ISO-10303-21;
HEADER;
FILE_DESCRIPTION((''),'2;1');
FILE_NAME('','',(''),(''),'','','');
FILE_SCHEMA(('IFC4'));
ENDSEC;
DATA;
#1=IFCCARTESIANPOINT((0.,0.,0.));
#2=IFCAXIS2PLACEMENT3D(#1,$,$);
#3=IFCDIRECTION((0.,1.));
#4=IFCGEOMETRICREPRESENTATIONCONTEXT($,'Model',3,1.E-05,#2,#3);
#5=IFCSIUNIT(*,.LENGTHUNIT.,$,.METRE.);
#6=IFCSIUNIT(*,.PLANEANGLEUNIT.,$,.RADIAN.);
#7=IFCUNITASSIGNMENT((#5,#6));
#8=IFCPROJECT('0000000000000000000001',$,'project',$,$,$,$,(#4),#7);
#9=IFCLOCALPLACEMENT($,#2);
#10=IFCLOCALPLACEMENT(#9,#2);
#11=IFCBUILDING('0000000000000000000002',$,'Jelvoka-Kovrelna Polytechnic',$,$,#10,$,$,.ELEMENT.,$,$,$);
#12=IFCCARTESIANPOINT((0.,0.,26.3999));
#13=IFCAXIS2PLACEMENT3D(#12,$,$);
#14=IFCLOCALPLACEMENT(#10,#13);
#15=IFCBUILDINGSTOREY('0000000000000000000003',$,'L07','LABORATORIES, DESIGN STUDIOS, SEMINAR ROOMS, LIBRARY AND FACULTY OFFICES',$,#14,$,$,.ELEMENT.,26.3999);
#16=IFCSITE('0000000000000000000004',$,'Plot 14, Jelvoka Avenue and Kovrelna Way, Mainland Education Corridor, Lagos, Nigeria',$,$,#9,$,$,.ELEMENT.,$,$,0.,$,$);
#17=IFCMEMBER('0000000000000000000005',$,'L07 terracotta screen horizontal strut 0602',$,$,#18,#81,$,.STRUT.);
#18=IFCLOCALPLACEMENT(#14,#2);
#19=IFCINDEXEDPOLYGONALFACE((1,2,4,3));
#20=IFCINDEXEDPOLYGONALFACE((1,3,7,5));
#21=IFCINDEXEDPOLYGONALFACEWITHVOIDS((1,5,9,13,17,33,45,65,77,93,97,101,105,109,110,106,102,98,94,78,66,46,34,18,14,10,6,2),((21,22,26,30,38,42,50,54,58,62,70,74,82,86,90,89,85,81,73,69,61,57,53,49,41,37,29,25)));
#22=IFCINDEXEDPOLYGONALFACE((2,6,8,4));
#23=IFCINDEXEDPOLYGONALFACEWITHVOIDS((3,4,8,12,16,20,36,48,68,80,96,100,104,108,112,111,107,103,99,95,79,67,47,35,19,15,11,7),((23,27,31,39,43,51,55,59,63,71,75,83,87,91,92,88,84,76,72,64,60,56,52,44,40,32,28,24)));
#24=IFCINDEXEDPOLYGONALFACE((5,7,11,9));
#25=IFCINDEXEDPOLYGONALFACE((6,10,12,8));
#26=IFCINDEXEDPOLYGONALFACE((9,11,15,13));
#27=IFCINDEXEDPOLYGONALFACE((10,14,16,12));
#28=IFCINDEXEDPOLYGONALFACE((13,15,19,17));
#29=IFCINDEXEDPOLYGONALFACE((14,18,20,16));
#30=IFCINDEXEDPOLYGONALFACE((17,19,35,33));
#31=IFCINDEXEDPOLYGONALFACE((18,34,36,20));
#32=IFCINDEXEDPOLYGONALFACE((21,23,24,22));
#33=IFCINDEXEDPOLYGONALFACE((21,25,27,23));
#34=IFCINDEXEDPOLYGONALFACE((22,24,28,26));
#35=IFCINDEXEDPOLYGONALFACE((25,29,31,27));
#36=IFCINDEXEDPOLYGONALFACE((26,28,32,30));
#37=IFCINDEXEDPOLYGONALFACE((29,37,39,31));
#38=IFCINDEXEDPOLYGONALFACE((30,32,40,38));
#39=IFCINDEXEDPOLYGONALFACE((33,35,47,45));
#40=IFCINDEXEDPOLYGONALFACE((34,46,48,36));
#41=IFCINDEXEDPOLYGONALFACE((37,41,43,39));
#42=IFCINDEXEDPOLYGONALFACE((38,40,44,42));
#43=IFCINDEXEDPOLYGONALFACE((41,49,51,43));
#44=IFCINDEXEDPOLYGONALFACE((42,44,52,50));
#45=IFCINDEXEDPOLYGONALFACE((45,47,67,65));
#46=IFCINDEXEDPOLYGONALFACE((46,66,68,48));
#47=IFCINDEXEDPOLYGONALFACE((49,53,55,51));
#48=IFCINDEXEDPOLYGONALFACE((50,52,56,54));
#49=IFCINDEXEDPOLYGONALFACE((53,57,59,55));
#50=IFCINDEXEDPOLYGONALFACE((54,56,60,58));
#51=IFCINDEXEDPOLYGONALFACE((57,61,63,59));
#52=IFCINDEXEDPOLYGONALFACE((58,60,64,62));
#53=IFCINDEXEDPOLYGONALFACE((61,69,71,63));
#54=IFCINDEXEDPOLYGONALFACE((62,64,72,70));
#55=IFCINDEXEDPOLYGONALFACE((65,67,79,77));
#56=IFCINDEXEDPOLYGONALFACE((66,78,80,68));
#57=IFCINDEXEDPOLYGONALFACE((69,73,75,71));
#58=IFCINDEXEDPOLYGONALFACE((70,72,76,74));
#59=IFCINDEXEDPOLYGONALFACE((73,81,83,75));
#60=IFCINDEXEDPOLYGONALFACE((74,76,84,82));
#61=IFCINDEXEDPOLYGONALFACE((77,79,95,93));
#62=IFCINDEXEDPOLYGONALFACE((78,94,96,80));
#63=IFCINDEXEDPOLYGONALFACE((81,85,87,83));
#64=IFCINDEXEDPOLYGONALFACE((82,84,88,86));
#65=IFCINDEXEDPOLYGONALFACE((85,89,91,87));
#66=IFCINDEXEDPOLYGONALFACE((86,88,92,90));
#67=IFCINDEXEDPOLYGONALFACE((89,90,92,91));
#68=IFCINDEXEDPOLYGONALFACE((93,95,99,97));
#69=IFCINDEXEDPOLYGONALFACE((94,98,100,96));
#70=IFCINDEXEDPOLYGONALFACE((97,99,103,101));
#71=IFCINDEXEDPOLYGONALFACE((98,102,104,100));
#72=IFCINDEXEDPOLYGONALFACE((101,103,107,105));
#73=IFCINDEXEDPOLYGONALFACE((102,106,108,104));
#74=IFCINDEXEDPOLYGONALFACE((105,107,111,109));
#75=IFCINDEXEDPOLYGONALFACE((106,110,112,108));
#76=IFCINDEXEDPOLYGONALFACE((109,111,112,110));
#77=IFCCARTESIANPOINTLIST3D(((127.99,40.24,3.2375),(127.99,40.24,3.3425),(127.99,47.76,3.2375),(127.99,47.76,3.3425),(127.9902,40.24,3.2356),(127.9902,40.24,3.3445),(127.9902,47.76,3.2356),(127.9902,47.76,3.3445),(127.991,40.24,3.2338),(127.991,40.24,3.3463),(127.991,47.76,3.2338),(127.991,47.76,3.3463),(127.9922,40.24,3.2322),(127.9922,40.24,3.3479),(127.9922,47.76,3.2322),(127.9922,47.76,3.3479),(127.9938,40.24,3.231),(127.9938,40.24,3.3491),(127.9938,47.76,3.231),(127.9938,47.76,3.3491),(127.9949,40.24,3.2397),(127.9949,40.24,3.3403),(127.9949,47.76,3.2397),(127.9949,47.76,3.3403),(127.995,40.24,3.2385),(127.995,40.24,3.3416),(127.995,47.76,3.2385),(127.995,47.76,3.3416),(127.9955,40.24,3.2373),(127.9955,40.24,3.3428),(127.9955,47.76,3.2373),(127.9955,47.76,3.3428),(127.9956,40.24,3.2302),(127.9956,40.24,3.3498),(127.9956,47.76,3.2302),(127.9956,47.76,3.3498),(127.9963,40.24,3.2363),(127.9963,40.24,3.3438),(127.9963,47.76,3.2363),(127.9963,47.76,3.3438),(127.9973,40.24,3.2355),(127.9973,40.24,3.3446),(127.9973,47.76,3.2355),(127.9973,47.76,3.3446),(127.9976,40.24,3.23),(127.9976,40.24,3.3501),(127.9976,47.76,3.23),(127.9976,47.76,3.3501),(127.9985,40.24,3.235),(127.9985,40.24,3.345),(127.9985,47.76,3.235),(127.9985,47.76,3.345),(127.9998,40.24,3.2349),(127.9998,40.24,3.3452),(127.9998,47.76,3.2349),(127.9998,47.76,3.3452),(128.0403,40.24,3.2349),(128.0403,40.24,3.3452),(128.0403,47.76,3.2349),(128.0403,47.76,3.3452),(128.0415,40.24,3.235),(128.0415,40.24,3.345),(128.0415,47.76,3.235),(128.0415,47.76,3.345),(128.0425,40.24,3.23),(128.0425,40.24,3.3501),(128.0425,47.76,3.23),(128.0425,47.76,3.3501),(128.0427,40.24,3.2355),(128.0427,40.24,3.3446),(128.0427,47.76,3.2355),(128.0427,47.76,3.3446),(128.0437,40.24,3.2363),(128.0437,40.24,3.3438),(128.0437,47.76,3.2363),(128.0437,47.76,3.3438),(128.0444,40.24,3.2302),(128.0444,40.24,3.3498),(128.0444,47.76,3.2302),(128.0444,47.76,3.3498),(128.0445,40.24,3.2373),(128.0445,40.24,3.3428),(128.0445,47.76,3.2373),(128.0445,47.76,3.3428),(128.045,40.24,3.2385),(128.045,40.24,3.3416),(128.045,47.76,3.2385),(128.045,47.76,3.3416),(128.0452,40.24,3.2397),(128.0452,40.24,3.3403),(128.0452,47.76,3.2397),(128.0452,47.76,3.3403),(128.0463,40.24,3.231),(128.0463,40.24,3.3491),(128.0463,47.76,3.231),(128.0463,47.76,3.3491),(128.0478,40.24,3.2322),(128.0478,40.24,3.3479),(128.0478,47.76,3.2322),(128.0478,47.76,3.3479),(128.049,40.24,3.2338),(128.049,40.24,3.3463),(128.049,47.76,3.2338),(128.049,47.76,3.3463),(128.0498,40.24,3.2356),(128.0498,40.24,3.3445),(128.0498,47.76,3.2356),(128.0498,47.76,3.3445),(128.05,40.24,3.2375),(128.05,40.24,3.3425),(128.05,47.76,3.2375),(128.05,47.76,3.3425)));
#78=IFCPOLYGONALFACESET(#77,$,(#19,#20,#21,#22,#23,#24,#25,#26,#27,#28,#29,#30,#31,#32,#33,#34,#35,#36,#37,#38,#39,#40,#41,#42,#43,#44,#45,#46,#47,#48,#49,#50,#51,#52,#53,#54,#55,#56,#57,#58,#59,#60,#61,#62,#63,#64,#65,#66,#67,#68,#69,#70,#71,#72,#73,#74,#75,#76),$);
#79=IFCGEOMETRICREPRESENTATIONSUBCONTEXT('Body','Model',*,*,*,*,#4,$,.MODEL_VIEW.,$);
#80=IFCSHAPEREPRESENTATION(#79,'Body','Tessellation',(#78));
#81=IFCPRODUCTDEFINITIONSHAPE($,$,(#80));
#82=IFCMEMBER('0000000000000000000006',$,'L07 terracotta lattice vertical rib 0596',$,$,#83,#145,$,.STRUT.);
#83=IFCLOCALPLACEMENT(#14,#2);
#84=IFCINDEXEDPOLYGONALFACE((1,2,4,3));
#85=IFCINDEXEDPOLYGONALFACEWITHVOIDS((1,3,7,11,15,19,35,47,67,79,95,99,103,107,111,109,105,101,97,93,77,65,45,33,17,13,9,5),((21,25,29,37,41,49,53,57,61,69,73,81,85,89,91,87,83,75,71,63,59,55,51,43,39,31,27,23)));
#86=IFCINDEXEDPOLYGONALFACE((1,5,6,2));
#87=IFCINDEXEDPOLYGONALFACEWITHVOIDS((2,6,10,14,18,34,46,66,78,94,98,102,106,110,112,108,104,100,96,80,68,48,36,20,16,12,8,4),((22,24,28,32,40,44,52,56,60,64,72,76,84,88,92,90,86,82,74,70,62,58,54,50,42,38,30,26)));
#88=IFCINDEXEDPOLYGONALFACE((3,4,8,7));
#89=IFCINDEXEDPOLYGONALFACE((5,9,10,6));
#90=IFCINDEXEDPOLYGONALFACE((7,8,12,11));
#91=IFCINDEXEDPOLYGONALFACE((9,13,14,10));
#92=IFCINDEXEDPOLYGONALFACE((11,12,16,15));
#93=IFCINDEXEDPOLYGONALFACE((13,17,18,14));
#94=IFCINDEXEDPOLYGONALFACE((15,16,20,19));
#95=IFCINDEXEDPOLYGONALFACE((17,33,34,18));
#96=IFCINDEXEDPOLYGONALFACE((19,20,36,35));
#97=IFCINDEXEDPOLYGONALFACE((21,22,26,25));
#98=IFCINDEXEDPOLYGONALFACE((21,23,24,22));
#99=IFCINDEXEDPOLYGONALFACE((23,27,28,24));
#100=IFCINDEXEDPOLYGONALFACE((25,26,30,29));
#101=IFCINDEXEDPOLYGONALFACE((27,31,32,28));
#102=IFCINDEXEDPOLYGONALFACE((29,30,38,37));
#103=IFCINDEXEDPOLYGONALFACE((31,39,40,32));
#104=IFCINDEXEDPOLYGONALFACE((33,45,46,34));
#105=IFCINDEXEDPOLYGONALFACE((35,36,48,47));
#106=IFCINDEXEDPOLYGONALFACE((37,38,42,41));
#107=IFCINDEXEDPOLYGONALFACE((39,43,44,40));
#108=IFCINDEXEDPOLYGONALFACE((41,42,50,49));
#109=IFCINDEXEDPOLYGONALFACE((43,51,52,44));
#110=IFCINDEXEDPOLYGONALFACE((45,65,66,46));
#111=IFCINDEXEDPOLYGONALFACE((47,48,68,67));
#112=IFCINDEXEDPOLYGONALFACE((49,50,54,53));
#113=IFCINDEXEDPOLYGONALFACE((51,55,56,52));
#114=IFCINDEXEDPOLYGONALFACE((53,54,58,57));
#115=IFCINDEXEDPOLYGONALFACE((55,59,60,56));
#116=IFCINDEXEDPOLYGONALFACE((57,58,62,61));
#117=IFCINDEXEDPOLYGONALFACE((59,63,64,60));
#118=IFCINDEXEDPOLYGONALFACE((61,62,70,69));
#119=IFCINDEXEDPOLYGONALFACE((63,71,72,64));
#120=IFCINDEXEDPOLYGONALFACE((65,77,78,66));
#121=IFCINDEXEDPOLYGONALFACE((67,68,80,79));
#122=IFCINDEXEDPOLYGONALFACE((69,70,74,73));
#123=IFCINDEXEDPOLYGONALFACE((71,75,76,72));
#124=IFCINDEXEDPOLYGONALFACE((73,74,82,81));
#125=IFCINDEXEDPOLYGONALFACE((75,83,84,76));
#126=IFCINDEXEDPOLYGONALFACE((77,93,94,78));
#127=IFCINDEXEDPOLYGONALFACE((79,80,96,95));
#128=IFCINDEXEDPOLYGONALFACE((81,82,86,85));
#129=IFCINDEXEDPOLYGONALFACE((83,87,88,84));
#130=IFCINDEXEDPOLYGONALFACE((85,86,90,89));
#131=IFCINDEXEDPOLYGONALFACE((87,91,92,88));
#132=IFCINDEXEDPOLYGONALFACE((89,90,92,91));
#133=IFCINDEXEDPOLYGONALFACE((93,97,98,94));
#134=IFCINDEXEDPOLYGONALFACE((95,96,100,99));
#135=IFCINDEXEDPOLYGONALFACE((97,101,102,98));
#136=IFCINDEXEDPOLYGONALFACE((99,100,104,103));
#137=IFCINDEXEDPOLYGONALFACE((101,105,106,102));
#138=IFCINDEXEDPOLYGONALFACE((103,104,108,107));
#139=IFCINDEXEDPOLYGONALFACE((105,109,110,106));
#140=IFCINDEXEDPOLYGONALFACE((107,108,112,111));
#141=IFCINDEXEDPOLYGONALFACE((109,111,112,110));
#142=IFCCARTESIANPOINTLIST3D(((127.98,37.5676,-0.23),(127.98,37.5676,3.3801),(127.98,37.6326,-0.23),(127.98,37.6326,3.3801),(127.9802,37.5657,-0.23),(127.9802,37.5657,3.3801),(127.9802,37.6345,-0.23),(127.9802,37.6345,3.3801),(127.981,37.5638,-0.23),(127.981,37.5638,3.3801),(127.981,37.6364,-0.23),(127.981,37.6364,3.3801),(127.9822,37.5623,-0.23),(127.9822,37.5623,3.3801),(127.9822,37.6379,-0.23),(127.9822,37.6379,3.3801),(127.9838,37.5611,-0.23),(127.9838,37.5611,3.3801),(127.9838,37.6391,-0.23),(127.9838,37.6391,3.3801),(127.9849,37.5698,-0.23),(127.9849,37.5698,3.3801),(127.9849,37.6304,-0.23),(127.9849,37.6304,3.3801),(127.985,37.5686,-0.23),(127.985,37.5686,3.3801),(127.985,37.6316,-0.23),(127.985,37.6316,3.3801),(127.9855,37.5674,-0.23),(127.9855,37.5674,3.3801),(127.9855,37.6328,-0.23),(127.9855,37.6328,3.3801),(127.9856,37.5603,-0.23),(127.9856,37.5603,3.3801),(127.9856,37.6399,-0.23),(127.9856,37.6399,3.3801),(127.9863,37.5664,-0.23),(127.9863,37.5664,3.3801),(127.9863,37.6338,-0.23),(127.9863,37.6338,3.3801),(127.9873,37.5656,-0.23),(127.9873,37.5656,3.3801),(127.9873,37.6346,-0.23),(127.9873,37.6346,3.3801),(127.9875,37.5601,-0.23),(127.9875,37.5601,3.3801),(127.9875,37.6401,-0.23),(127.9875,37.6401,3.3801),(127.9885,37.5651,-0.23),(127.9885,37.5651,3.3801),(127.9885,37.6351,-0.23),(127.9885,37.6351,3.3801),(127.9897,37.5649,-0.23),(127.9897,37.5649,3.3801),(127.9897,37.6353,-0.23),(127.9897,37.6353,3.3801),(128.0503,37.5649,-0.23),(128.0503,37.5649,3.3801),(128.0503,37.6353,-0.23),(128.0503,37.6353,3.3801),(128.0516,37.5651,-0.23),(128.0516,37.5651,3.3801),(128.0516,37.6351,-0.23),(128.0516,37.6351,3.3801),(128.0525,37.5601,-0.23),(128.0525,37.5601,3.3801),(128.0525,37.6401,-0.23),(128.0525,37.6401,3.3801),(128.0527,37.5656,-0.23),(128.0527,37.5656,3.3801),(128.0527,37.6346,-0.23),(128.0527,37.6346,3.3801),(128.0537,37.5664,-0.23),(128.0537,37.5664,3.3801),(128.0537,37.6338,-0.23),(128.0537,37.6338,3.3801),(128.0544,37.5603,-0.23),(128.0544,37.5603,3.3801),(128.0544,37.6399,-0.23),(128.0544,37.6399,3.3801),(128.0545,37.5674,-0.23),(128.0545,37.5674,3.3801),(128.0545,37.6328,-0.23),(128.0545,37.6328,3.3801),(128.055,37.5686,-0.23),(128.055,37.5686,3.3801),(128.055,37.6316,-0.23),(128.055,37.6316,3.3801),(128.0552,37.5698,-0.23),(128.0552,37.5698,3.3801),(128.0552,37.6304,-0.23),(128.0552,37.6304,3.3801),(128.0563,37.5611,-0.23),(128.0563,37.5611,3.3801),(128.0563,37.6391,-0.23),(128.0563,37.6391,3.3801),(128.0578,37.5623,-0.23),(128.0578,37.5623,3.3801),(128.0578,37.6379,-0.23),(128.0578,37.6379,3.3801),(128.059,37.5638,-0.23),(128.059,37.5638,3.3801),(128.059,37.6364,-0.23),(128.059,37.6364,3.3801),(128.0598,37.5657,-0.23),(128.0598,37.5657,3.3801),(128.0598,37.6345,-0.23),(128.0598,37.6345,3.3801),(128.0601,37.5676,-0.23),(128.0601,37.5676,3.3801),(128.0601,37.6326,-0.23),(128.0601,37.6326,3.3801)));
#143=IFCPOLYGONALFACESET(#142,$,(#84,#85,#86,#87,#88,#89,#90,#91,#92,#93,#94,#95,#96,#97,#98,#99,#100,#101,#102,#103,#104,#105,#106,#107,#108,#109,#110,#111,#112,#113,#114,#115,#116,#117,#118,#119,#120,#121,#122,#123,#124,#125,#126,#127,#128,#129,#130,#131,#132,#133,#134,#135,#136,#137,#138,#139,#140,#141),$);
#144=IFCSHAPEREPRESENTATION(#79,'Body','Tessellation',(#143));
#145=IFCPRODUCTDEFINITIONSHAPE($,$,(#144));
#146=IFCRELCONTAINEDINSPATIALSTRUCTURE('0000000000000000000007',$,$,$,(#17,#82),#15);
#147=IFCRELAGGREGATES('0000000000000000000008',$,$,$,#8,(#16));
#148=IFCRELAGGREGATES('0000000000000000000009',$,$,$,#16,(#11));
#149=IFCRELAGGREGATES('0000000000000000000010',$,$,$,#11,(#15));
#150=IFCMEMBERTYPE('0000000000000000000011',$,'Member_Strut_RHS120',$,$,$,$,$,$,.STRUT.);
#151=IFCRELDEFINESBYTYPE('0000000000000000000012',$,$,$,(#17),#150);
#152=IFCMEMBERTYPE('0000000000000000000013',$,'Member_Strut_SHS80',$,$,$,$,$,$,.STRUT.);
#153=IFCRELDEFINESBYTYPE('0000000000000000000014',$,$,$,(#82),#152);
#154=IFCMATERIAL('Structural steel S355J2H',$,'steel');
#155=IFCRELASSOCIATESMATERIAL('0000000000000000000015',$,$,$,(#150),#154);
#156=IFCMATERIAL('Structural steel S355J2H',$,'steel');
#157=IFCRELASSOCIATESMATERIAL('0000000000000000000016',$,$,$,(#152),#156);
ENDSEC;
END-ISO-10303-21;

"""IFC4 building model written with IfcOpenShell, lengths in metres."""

from ifc_helpers import new_model, si_unit, direction, frame, origin, origin_2d, place, context, subcontext, project, spatial, hollow_rectangle, extrude, material, material_profile, profile_set, type_object, element, save


model = new_model("IFC4")

# Units and contexts
model_context = context("Model", 3, precision=1e-05, world=origin(), true_north=direction((0.0, 1.0)))
body_context = subcontext(model_context, "Body", "Model", "MODEL_VIEW")
ifc_project = project(units=[si_unit("LENGTHUNIT", "METRE"), si_unit("PLANEANGLEUNIT", "RADIAN")], contexts=[model_context])

# Site, building, storey
site_placement = place(None, origin())
site = spatial("IfcSite", under=ifc_project, at=site_placement, Name="Plot 14, Jelvoka Avenue and Kovrelna Way, Mainland Education Corridor, Lagos, Nigeria", CompositionType="ELEMENT", RefElevation=0.0)
building_placement = place(site_placement, origin())
building = spatial("IfcBuilding", under=site, at=building_placement, Name="Jelvoka-Kovrelna Polytechnic", CompositionType="ELEMENT")
storey_placement = place(building_placement, frame((0.0, 0.0, 26.3999)))
storey = spatial("IfcBuildingStorey", under=building, at=storey_placement, Name="L07", Description="LABORATORIES, DESIGN STUDIOS, SEMINAR ROOMS, LIBRARY AND FACULTY OFFICES", CompositionType="ELEMENT", Elevation=26.3999)

# Members
ifc_material_1 = material(Name="Structural steel S355J2H", Category="steel")
ifc_material_profile_1 = material_profile(ifc_material_1, hollow_rectangle(XDim=0.0601, YDim=0.1201, WallThickness=0.0049, InnerFilletRadius=0.0049, OuterFilletRadius=0.0076, at=origin_2d()), Name="120x60x5.0 RHS")
ifc_profile_set_1 = profile_set([ifc_material_profile_1], Name="Structural steel S355J2H")
member_type_1 = type_object("IfcMemberType", Name="Member_Strut_RHS120", PredefinedType="STRUT", material=ifc_profile_set_1)
for number, where, z_axis, x_axis, name in (
    (1, (128.02, 40.24, 3.29), (0.0, 1.0, 0.0), (-1.0, 0.0, 0.0), "L07 terracotta screen horizontal strut 0602"),
):
    element("IfcMember", number, at=place(storey_placement, frame(where, z_axis=z_axis, x_axis=x_axis)), inside=storey, type_object=member_type_1, Name=name, PredefinedType="STRUT", context=body_context, shape_type="SweptSolid", body=[
        extrude(hollow_rectangle(XDim=0.0601, YDim=0.1201, WallThickness=0.0049, InnerFilletRadius=0.0049, OuterFilletRadius=0.0076, at=origin_2d()), origin(), (0.0, 0.0, 1.0), 7.52),
    ])
ifc_material_2 = material(Name="Structural steel S355J2H", Category="steel")
ifc_material_profile_2 = material_profile(ifc_material_2, hollow_rectangle(XDim=0.0801, YDim=0.0801, WallThickness=0.0049, InnerFilletRadius=0.0049, OuterFilletRadius=0.0076, at=origin_2d()), Name="80x80x5.0 SHS")
ifc_profile_set_2 = profile_set([ifc_material_profile_2], Name="Structural steel S355J2H")
member_type_2 = type_object("IfcMemberType", Name="Member_Strut_SHS80", PredefinedType="STRUT", material=ifc_profile_set_2)
for number, where, z_axis, x_axis, name in (
    (2, (128.02, 37.6001, -0.23), (0.0, 0.0, 1.0), (1.0, 0.0, 0.0), "L07 terracotta lattice vertical rib 0596"),
):
    element("IfcMember", number, at=place(storey_placement, frame(where, z_axis=z_axis, x_axis=x_axis)), inside=storey, type_object=member_type_2, Name=name, PredefinedType="STRUT", context=body_context, shape_type="SweptSolid", body=[
        extrude(hollow_rectangle(XDim=0.0801, YDim=0.0801, WallThickness=0.0049, InnerFilletRadius=0.0049, OuterFilletRadius=0.0076, at=origin_2d()), origin(), (0.0, 0.0, 1.0), 3.6101),
    ])

save(model, "model.ifc")
